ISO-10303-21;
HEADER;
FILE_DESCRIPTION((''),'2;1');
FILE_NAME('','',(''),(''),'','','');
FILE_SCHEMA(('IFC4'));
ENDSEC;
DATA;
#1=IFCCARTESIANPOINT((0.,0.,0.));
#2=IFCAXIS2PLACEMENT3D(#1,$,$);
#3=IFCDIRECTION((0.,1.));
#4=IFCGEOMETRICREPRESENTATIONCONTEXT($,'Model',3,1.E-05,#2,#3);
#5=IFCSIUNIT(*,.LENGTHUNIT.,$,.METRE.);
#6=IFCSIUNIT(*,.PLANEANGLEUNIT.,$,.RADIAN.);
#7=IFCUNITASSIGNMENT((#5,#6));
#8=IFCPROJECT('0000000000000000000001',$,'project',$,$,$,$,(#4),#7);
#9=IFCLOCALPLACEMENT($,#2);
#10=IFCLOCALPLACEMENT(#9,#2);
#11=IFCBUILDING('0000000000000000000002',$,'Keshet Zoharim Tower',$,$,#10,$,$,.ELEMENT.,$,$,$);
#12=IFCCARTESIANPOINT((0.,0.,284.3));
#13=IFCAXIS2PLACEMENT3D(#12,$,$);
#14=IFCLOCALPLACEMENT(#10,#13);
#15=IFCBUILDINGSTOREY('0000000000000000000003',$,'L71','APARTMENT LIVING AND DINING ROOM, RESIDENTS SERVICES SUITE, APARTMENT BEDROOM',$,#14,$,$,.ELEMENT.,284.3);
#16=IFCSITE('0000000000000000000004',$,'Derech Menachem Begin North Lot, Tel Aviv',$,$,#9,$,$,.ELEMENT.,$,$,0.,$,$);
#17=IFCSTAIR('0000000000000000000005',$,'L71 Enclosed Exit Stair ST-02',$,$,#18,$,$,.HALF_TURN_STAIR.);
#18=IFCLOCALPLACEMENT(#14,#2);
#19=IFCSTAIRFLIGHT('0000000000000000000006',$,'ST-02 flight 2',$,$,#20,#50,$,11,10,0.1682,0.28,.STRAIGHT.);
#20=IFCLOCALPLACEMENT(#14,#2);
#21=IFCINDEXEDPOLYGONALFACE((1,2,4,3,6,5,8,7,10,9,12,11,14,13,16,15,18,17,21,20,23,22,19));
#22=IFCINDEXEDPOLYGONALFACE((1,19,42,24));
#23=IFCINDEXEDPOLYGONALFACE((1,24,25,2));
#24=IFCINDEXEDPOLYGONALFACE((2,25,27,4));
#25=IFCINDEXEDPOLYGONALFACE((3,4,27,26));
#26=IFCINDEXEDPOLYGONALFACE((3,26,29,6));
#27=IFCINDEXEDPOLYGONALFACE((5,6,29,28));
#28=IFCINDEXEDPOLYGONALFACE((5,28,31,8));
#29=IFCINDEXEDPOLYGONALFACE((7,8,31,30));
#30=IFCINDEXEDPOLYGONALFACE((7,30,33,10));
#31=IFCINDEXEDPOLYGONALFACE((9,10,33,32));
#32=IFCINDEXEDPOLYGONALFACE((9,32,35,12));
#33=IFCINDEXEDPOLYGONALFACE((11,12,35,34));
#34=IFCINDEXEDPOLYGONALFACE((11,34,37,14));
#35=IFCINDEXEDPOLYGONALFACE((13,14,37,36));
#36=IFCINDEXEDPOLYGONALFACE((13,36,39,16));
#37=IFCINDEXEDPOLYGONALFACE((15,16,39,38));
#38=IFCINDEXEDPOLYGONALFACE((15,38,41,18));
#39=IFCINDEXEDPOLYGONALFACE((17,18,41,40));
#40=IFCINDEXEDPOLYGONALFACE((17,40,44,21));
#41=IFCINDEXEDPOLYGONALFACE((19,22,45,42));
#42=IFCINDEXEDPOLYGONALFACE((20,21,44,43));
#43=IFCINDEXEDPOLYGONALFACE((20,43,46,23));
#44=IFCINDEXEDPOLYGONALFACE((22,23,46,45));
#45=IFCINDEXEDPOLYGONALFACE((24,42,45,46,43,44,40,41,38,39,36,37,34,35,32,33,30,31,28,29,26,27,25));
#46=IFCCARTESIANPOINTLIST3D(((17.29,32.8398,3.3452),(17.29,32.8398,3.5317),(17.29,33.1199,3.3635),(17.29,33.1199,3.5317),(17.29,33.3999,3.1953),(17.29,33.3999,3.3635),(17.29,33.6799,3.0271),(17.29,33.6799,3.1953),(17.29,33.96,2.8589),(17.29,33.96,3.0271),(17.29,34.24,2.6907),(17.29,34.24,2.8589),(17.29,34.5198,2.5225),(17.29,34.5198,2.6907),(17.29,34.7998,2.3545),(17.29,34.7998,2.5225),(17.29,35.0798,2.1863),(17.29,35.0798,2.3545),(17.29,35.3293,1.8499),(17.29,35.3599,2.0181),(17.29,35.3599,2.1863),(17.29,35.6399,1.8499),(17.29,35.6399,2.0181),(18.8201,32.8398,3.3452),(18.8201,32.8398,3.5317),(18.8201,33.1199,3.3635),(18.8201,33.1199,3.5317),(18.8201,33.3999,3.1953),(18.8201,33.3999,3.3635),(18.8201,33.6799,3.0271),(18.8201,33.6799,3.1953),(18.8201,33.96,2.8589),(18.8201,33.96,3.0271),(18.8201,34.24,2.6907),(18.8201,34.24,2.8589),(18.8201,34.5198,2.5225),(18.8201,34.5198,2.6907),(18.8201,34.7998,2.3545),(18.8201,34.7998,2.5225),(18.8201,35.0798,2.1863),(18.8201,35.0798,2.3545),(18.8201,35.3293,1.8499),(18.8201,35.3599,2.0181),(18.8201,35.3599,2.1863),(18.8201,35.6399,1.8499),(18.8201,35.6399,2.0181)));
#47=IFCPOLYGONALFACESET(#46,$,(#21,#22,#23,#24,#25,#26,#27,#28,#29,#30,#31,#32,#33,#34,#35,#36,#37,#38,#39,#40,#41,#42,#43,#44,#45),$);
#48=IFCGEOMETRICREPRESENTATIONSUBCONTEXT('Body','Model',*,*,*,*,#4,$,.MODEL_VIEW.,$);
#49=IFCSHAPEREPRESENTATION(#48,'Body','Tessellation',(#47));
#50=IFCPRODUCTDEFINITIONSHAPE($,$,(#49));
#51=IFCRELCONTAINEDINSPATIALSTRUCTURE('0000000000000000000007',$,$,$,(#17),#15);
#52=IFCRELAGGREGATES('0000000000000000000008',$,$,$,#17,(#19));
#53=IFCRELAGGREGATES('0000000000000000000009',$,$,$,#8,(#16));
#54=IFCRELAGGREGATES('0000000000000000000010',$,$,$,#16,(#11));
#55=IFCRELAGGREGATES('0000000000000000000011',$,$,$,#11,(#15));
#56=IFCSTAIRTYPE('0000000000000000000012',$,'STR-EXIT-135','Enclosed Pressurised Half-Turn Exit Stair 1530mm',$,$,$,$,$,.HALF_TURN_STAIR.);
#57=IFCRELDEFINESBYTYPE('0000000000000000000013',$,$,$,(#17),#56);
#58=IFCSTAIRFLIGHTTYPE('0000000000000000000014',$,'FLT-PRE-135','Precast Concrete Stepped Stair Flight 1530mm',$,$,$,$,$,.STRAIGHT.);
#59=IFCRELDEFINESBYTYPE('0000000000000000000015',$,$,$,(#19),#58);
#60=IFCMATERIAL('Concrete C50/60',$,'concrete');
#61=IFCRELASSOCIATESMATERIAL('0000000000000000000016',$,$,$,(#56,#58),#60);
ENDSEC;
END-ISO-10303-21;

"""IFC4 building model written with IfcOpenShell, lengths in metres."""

from ifc_helpers import new_model, si_unit, direction, frame, origin, place, context, subcontext, project, spatial, polyline, outline, extrude, material, type_object, element, aggregate, save


model = new_model("IFC4")

# Units and contexts
model_context = context("Model", 3, precision=1e-05, world=origin(), true_north=direction((0.0, 1.0)))
body_context = subcontext(model_context, "Body", "Model", "MODEL_VIEW")
ifc_project = project(units=[si_unit("LENGTHUNIT", "METRE"), si_unit("PLANEANGLEUNIT", "RADIAN")], contexts=[model_context])

# Site, building, storey
site_placement = place(None, origin())
site = spatial("IfcSite", under=ifc_project, at=site_placement, Name="Derech Menachem Begin North Lot, Tel Aviv", CompositionType="ELEMENT", RefElevation=0.0)
building_placement = place(site_placement, origin())
building = spatial("IfcBuilding", under=site, at=building_placement, Name="Keshet Zoharim Tower", CompositionType="ELEMENT")
storey_placement = place(building_placement, frame((0.0, 0.0, 284.3)))
storey = spatial("IfcBuildingStorey", under=building, at=storey_placement, Name="L71", Description="APARTMENT LIVING AND DINING ROOM, RESIDENTS SERVICES SUITE, APARTMENT BEDROOM", CompositionType="ELEMENT", Elevation=284.3)

# Shared definitions
ifc_material_1 = material(Name="Concrete C50/60", Category="concrete")

# Stair, stair flight
stair_type = type_object("IfcStairType", Name="STR-EXIT-135", Description="Enclosed Pressurised Half-Turn Exit Stair 1530mm", PredefinedType="HALF_TURN_STAIR", material=ifc_material_1)
stair_placement = place(storey_placement, origin())
stair = element("IfcStair", 1, at=stair_placement, inside=storey, type_object=stair_type, Name="L71 Enclosed Exit Stair ST-02", PredefinedType="HALF_TURN_STAIR")
stair_flight_type = type_object("IfcStairFlightType", Name="FLT-PRE-135", Description="Precast Concrete Stepped Stair Flight 1530mm", PredefinedType="STRAIGHT", material=ifc_material_1)
stair_flight_1_placement = place(storey_placement, frame((18.0549, 35.6399, 1.8499), z_axis=(0.0, 0.0, 1.0), x_axis=(0.0, -1.0, 0.0)))
stair_flight_1 = element("IfcStairFlight", 2, at=stair_flight_1_placement, type_object=stair_flight_type, Name="ST-02 flight 2", NumberOfRisers=11, NumberOfTreads=10, PredefinedType="STRAIGHT", RiserHeight=0.1682, TreadLength=0.28, context=body_context, shape_type="SweptSolid", body=[
    extrude(outline(polyline([(0.0, 0.0), (0.0, 0.1682), (0.28, 0.1682), (0.28, 0.3364), (0.5601, 0.3364), (0.5601, 0.5046), (0.8401, 0.5046), (0.8401, 0.6726), (1.1201, 0.6726), (1.1201, 0.8408), (1.3999, 0.8408), (1.3999, 1.009), (1.6799, 1.009), (1.6799, 1.1772), (1.96, 1.1772), (1.96, 1.3455), (2.24, 1.3455), (2.24, 1.5137), (2.52, 1.5137), (2.52, 1.6819), (2.8, 1.6819), (2.8, 1.8501), (2.8, 1.4954), (0.3105, 0.0), (0.0, 0.0)])), frame((0.0, 0.7651, 0.0), z_axis=(0.0, -1.0, 0.0), x_axis=(1.0, 0.0, 0.0)), (0.0, 0.0, 1.0), 1.53),
])
aggregate(stair, [stair_flight_1])

save(model, "model.ifc")
